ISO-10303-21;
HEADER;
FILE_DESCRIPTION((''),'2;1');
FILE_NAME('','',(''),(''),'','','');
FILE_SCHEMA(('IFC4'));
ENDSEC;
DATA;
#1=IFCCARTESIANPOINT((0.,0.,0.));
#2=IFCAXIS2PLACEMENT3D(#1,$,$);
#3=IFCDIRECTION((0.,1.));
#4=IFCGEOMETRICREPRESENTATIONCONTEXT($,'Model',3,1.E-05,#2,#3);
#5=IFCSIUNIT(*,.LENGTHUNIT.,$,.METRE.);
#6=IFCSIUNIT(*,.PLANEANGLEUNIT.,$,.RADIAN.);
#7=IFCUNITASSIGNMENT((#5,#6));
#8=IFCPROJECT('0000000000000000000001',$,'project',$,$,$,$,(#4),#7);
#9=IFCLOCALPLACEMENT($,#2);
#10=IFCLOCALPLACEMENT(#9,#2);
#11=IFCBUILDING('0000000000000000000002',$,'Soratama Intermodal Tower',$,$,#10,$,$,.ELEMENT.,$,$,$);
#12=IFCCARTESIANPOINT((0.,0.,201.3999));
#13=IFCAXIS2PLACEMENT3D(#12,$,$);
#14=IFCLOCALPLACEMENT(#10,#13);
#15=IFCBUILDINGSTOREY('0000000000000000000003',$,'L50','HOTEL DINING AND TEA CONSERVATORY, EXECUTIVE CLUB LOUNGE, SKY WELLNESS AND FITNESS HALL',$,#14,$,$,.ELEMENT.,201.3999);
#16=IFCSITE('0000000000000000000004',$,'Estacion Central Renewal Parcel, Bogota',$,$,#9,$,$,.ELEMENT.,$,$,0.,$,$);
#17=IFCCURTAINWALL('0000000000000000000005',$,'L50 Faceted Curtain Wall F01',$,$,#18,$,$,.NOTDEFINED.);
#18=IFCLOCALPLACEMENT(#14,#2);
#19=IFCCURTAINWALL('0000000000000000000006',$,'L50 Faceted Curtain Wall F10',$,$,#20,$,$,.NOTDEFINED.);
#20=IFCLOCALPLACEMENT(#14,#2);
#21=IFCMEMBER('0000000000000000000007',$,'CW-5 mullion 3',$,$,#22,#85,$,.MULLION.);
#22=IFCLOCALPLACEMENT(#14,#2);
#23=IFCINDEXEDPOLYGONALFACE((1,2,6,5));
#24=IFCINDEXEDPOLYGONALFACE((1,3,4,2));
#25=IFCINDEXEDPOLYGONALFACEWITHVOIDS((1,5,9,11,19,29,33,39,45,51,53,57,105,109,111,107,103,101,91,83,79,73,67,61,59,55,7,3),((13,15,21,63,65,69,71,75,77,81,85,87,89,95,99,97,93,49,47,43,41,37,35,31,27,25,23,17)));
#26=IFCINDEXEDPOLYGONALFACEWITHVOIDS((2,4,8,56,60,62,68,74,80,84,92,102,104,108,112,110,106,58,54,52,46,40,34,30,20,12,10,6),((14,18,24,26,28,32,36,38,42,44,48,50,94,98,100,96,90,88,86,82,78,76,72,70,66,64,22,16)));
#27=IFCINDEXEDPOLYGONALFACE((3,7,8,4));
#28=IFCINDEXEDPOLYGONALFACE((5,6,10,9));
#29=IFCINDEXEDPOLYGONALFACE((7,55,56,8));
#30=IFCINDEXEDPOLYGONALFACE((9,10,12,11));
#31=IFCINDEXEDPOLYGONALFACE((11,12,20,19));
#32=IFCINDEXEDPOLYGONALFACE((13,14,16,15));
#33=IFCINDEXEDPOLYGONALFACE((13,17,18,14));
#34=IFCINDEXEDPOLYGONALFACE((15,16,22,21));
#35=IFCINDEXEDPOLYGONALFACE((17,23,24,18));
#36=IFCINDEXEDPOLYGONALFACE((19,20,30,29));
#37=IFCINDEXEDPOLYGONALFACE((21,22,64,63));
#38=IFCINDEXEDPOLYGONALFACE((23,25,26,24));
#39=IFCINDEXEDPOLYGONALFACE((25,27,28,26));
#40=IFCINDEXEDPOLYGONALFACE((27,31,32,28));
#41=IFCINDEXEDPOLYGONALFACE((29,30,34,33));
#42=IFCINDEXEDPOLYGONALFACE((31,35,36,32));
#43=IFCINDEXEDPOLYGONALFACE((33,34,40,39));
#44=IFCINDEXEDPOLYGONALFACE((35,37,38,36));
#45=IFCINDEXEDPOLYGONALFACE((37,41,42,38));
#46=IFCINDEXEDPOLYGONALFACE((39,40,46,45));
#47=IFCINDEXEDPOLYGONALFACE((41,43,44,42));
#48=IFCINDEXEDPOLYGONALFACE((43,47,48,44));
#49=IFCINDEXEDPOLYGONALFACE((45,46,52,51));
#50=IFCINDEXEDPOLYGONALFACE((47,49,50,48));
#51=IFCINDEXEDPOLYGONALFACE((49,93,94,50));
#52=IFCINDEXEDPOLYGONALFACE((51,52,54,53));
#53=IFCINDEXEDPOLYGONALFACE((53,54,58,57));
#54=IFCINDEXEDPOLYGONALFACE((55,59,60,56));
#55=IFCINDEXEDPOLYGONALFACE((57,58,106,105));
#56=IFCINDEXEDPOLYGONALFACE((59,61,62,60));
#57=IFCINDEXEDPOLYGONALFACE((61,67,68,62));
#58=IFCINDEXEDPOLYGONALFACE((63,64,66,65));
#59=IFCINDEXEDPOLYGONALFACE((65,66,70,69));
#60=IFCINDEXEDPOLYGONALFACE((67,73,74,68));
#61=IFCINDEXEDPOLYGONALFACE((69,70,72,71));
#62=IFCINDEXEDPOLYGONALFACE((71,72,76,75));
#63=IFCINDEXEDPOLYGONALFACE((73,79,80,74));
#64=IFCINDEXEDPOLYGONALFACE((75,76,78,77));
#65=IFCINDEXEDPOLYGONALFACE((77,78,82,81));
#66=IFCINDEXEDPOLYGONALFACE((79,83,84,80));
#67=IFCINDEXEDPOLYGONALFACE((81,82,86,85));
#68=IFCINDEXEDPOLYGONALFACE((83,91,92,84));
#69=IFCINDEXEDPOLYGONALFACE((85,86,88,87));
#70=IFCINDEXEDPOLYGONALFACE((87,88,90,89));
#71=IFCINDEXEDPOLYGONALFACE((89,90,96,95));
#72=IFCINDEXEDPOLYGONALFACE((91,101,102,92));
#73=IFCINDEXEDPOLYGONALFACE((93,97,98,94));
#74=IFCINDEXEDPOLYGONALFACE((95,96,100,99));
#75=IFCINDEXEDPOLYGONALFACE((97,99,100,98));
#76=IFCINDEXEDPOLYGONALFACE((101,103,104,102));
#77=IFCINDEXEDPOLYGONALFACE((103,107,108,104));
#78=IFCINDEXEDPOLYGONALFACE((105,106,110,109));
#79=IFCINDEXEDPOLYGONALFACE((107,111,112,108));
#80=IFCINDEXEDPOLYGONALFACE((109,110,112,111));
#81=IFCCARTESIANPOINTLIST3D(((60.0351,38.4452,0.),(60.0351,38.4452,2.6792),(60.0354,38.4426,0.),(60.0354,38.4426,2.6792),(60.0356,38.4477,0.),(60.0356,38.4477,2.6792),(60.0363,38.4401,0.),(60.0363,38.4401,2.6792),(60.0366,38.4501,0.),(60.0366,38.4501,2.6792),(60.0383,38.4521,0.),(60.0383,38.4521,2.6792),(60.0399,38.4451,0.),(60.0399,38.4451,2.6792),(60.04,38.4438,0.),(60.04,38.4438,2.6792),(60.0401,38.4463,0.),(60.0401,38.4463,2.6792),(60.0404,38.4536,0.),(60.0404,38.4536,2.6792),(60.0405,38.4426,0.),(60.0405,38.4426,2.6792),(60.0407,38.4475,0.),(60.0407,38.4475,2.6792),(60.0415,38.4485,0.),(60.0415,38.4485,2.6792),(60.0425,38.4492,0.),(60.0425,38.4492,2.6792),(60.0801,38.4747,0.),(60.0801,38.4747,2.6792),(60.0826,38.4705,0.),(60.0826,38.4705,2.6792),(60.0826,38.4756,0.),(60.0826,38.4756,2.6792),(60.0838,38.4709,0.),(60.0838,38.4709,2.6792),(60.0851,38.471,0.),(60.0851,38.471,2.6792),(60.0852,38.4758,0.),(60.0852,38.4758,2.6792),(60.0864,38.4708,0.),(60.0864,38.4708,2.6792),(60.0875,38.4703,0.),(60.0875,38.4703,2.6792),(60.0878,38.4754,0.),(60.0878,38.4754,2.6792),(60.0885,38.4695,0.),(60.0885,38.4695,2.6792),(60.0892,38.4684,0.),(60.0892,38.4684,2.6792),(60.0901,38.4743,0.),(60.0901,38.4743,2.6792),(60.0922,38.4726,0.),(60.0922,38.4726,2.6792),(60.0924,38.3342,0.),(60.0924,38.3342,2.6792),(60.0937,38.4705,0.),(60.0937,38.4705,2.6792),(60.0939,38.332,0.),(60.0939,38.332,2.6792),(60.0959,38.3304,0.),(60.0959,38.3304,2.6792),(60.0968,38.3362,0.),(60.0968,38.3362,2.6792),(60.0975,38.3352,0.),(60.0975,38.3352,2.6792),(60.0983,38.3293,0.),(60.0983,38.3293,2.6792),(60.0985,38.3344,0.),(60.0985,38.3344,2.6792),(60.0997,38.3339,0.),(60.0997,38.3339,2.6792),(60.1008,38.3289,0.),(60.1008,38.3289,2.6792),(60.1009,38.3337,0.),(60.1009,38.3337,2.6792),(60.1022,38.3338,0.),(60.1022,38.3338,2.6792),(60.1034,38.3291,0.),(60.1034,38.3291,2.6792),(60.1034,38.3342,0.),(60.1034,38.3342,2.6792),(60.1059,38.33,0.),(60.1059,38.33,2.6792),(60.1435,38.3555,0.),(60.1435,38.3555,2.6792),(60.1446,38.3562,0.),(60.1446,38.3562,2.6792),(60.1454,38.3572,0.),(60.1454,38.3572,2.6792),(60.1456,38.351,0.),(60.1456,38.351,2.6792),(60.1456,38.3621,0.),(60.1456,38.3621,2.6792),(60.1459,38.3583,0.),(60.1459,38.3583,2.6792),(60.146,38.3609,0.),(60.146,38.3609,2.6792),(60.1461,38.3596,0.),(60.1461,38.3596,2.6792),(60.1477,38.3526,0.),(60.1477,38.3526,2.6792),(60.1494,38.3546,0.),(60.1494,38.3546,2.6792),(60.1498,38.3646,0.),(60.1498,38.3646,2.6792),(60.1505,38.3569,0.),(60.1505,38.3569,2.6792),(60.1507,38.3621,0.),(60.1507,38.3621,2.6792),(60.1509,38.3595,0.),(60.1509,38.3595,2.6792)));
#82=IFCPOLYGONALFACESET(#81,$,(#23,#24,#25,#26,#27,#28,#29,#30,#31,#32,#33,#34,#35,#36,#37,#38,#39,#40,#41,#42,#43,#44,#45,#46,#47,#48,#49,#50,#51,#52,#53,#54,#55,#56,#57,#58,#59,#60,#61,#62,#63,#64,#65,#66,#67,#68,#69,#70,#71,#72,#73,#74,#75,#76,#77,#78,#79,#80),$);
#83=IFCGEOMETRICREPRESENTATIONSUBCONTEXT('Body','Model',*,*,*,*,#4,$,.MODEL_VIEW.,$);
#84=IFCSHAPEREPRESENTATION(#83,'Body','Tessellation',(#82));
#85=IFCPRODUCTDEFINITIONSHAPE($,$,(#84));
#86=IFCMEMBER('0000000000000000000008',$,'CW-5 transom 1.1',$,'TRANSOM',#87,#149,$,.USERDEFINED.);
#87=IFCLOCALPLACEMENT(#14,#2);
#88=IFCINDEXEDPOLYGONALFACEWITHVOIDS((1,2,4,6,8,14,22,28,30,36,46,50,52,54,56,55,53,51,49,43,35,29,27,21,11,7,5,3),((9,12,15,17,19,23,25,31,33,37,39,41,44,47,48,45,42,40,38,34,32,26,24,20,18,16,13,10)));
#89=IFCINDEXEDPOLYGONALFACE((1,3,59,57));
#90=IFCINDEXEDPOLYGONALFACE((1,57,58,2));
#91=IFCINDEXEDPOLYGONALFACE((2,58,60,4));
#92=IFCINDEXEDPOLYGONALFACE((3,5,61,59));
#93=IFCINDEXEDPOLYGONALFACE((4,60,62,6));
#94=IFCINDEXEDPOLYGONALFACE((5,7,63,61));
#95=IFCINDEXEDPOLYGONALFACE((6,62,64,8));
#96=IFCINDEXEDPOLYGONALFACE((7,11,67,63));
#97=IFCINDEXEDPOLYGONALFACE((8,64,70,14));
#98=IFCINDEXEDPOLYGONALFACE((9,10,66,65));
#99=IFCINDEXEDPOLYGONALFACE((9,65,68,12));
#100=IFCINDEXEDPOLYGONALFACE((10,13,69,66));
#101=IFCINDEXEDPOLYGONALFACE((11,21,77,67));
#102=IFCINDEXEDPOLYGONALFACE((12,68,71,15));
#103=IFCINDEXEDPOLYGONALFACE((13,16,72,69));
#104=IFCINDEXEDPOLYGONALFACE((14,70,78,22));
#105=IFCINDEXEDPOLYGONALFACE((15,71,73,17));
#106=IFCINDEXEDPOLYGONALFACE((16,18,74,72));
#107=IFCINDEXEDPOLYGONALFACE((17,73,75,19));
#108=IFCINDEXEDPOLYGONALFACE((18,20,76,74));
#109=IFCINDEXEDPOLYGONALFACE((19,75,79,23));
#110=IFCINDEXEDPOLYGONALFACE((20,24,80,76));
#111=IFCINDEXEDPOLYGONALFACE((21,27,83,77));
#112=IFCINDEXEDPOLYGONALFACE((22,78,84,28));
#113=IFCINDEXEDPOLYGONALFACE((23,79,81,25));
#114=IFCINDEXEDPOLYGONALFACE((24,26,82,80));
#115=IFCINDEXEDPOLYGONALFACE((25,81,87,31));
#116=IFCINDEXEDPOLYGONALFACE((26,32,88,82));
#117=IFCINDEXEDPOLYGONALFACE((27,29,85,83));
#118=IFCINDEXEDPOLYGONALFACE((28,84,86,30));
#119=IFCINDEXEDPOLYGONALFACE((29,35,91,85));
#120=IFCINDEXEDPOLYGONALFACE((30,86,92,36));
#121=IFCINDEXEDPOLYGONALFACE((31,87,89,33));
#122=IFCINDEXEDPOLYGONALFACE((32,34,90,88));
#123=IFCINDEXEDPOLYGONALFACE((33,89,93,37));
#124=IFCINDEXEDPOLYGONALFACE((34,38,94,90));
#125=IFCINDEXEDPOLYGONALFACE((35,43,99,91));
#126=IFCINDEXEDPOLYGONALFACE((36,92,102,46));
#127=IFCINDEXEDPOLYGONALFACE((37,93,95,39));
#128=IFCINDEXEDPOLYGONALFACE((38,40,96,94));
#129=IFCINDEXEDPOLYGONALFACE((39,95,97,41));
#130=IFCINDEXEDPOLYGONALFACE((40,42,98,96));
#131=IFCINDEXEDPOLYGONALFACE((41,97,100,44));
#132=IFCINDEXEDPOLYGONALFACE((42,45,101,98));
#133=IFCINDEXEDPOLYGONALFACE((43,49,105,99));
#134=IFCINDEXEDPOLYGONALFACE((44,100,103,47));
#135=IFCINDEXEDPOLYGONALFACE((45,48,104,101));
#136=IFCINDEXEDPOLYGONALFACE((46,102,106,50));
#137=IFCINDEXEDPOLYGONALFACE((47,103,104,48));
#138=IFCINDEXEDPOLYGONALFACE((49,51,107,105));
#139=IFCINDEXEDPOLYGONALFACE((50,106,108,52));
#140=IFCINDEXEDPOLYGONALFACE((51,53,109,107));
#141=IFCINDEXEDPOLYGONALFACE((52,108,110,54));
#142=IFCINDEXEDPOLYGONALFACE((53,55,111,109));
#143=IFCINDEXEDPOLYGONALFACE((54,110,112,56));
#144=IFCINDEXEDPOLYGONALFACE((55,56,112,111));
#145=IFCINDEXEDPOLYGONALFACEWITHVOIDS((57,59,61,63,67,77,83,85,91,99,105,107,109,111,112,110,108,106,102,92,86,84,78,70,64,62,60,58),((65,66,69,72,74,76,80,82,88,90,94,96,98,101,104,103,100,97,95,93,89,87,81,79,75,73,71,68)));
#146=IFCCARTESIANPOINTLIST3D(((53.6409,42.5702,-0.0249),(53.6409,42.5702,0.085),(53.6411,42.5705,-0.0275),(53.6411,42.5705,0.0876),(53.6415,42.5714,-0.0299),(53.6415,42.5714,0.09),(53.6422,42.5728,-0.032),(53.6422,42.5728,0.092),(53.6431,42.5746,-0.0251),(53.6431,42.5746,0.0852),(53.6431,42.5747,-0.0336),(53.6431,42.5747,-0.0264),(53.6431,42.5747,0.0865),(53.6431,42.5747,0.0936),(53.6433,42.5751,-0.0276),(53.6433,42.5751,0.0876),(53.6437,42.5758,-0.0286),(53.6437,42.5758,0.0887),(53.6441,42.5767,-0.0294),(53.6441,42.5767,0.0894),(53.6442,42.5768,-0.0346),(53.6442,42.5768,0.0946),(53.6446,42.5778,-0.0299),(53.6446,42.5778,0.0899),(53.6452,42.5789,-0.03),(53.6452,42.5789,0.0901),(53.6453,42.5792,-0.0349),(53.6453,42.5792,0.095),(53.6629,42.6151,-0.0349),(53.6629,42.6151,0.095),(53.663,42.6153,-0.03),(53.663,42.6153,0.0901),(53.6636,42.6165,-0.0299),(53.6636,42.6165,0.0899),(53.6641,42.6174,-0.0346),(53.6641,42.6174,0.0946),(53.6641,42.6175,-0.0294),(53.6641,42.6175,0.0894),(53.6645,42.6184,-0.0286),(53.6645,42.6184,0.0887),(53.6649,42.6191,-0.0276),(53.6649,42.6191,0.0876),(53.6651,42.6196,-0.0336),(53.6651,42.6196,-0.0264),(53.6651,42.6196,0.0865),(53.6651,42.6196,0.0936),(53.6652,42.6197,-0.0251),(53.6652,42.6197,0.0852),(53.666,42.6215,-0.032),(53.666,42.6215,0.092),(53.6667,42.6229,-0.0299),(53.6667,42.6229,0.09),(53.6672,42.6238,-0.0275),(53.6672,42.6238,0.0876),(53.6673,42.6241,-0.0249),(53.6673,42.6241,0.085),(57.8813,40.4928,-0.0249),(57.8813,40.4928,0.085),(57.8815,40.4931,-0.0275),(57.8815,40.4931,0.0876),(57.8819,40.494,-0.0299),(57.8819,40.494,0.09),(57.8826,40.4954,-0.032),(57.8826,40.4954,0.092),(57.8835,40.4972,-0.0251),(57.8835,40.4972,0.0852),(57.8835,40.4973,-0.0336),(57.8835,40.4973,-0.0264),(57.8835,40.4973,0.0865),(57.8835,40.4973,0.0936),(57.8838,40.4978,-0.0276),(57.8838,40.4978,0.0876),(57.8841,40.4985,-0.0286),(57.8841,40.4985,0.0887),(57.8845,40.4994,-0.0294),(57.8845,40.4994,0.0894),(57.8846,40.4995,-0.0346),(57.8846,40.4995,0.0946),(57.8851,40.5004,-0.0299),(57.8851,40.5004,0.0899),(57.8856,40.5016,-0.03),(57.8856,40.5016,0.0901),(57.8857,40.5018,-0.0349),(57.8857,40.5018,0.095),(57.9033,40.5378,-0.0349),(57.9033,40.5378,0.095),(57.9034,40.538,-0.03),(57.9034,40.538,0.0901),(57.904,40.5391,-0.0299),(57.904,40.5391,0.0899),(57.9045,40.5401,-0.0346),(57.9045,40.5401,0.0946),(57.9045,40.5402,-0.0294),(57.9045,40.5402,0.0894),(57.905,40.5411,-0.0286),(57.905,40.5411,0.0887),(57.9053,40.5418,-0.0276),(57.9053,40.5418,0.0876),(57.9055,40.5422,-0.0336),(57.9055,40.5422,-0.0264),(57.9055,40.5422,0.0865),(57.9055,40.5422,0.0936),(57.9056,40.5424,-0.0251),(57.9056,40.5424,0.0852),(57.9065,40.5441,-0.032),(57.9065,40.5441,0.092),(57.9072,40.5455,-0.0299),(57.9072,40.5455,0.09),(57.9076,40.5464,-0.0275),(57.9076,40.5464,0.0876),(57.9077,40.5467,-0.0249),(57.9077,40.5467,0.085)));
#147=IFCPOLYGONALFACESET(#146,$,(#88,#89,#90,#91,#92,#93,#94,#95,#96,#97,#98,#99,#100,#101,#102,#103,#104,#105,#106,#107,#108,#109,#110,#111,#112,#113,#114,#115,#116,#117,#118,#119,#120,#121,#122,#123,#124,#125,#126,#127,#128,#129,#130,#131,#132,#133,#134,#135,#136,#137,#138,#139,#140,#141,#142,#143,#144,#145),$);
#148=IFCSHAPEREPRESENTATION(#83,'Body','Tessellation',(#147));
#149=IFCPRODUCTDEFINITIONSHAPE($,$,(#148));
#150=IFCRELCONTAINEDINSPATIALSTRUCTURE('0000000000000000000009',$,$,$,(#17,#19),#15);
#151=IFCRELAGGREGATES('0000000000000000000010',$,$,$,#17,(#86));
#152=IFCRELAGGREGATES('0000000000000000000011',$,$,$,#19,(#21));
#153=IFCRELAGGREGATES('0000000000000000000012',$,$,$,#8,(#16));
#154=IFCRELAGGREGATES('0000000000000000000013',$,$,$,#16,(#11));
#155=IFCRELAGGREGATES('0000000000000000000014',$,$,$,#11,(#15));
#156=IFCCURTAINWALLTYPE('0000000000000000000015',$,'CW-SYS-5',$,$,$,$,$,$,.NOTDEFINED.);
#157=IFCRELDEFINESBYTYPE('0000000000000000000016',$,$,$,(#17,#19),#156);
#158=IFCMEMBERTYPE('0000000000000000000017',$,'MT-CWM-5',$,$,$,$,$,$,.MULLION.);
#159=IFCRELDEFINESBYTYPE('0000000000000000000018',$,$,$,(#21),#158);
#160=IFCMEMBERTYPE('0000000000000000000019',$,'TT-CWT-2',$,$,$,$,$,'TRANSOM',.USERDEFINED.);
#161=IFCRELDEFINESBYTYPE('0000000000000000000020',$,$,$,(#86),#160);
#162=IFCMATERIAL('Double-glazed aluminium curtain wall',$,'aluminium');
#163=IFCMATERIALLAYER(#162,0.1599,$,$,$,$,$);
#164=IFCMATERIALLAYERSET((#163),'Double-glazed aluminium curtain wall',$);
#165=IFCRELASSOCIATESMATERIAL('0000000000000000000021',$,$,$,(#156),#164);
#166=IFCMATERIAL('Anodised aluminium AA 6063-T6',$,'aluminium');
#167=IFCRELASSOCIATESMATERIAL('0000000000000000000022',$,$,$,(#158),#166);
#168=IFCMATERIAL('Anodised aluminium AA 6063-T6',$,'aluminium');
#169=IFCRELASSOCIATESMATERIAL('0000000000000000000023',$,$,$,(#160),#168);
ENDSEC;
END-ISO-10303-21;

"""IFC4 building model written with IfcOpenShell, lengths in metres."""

from ifc_helpers import new_model, si_unit, direction, frame, origin, origin_2d, place, context, subcontext, project, spatial, hollow_rectangle, extrude, material, layer, layer_set, material_profile, profile_set, type_object, element, aggregate, save


model = new_model("IFC4")

# Units and contexts
model_context = context("Model", 3, precision=1e-05, world=origin(), true_north=direction((0.0, 1.0)))
body_context = subcontext(model_context, "Body", "Model", "MODEL_VIEW")
ifc_project = project(units=[si_unit("LENGTHUNIT", "METRE"), si_unit("PLANEANGLEUNIT", "RADIAN")], contexts=[model_context])

# Site, building, storey
site_placement = place(None, origin())
site = spatial("IfcSite", under=ifc_project, at=site_placement, Name="Estacion Central Renewal Parcel, Bogota", CompositionType="ELEMENT", RefElevation=0.0)
building_placement = place(site_placement, origin())
building = spatial("IfcBuilding", under=site, at=building_placement, Name="Soratama Intermodal Tower", CompositionType="ELEMENT")
storey_placement = place(building_placement, frame((0.0, 0.0, 201.3999)))
storey = spatial("IfcBuildingStorey", under=building, at=storey_placement, Name="L50", Description="HOTEL DINING AND TEA CONSERVATORY, EXECUTIVE CLUB LOUNGE, SKY WELLNESS AND FITNESS HALL", CompositionType="ELEMENT", Elevation=201.3999)

# Curtain wall
ifc_material_1 = material(Name="Double-glazed aluminium curtain wall", Category="aluminium")
ifc_layer_1 = layer(ifc_material_1, 0.1599)
ifc_layer_set_1 = layer_set([ifc_layer_1], Name="Double-glazed aluminium curtain wall")
curtain_wall_type = type_object("IfcCurtainWallType", Name="CW-SYS-5", PredefinedType="NOTDEFINED", material=ifc_layer_set_1)
curtain_wall_1_placement = place(storey_placement, origin())
curtain_wall_1 = element("IfcCurtainWall", 1, at=curtain_wall_1_placement, inside=storey, type_object=curtain_wall_type, Name="L50 Faceted Curtain Wall F01", PredefinedType="NOTDEFINED")
ifc_material_2 = material(Name="Anodised aluminium AA 6063-T6", Category="aluminium")
ifc_material_profile_1 = material_profile(ifc_material_2, hollow_rectangle(XDim=0.0649, YDim=0.1399, WallThickness=0.0049, InnerFilletRadius=0.0049, OuterFilletRadius=0.01, at=origin_2d()), Name="CWM140X65X5")
ifc_profile_set_1 = profile_set([ifc_material_profile_1], Name="Anodised aluminium AA 6063-T6")
member_type_1 = type_object("IfcMemberType", Name="MT-CWM-5", PredefinedType="MULLION", material=ifc_profile_set_1)

# Curtain wall, member
curtain_wall_2_placement = place(storey_placement, origin())
curtain_wall_2 = element("IfcCurtainWall", 2, at=curtain_wall_2_placement, inside=storey, type_object=curtain_wall_type, Name="L50 Faceted Curtain Wall F10", PredefinedType="NOTDEFINED")
member_1_placement = place(storey_placement, frame((60.093, 38.4023, 0.0), z_axis=(0.0, 0.0, 1.0), x_axis=(-0.883765, -0.467932, 0.0)))
member_1 = element("IfcMember", 3, at=member_1_placement, type_object=member_type_1, Name="CW-5 mullion 3", PredefinedType="MULLION", context=body_context, shape_type="SweptSolid", body=[
    extrude(hollow_rectangle(XDim=0.0649, YDim=0.1399, WallThickness=0.0049, InnerFilletRadius=0.0049, OuterFilletRadius=0.01, at=origin_2d()), origin(), (0.0, 0.0, 1.0), 2.6792),
])

# Member
ifc_material_3 = material(Name="Anodised aluminium AA 6063-T6", Category="aluminium")
ifc_material_profile_2 = material_profile(ifc_material_3, hollow_rectangle(XDim=0.0601, YDim=0.1299, WallThickness=0.0049, InnerFilletRadius=0.0049, OuterFilletRadius=0.01, at=origin_2d()), Name="CWT130X60X5")
ifc_profile_set_2 = profile_set([ifc_material_profile_2], Name="Anodised aluminium AA 6063-T6")
member_type_2 = type_object("IfcMemberType", Name="TT-CWT-2", ElementType="TRANSOM", PredefinedType="USERDEFINED", material=ifc_profile_set_2)
member_2_placement = place(storey_placement, frame((57.8945, 40.5198, 0.03), z_axis=(-0.898027, 0.43994, 0.0), x_axis=(-0.43994, -0.898027, 0.0)))
member_2 = element("IfcMember", 4, at=member_2_placement, type_object=member_type_2, Name="CW-5 transom 1.1", ObjectType="TRANSOM", PredefinedType="USERDEFINED", context=body_context, shape_type="SweptSolid", body=[
    extrude(hollow_rectangle(XDim=0.0601, YDim=0.1299, WallThickness=0.0049, InnerFilletRadius=0.0049, OuterFilletRadius=0.01, at=origin_2d()), origin(), (0.0, 0.0, 1.0), 4.7219),
])

aggregate(curtain_wall_1, [member_2])
aggregate(curtain_wall_2, [member_1])

save(model, "model.ifc")
